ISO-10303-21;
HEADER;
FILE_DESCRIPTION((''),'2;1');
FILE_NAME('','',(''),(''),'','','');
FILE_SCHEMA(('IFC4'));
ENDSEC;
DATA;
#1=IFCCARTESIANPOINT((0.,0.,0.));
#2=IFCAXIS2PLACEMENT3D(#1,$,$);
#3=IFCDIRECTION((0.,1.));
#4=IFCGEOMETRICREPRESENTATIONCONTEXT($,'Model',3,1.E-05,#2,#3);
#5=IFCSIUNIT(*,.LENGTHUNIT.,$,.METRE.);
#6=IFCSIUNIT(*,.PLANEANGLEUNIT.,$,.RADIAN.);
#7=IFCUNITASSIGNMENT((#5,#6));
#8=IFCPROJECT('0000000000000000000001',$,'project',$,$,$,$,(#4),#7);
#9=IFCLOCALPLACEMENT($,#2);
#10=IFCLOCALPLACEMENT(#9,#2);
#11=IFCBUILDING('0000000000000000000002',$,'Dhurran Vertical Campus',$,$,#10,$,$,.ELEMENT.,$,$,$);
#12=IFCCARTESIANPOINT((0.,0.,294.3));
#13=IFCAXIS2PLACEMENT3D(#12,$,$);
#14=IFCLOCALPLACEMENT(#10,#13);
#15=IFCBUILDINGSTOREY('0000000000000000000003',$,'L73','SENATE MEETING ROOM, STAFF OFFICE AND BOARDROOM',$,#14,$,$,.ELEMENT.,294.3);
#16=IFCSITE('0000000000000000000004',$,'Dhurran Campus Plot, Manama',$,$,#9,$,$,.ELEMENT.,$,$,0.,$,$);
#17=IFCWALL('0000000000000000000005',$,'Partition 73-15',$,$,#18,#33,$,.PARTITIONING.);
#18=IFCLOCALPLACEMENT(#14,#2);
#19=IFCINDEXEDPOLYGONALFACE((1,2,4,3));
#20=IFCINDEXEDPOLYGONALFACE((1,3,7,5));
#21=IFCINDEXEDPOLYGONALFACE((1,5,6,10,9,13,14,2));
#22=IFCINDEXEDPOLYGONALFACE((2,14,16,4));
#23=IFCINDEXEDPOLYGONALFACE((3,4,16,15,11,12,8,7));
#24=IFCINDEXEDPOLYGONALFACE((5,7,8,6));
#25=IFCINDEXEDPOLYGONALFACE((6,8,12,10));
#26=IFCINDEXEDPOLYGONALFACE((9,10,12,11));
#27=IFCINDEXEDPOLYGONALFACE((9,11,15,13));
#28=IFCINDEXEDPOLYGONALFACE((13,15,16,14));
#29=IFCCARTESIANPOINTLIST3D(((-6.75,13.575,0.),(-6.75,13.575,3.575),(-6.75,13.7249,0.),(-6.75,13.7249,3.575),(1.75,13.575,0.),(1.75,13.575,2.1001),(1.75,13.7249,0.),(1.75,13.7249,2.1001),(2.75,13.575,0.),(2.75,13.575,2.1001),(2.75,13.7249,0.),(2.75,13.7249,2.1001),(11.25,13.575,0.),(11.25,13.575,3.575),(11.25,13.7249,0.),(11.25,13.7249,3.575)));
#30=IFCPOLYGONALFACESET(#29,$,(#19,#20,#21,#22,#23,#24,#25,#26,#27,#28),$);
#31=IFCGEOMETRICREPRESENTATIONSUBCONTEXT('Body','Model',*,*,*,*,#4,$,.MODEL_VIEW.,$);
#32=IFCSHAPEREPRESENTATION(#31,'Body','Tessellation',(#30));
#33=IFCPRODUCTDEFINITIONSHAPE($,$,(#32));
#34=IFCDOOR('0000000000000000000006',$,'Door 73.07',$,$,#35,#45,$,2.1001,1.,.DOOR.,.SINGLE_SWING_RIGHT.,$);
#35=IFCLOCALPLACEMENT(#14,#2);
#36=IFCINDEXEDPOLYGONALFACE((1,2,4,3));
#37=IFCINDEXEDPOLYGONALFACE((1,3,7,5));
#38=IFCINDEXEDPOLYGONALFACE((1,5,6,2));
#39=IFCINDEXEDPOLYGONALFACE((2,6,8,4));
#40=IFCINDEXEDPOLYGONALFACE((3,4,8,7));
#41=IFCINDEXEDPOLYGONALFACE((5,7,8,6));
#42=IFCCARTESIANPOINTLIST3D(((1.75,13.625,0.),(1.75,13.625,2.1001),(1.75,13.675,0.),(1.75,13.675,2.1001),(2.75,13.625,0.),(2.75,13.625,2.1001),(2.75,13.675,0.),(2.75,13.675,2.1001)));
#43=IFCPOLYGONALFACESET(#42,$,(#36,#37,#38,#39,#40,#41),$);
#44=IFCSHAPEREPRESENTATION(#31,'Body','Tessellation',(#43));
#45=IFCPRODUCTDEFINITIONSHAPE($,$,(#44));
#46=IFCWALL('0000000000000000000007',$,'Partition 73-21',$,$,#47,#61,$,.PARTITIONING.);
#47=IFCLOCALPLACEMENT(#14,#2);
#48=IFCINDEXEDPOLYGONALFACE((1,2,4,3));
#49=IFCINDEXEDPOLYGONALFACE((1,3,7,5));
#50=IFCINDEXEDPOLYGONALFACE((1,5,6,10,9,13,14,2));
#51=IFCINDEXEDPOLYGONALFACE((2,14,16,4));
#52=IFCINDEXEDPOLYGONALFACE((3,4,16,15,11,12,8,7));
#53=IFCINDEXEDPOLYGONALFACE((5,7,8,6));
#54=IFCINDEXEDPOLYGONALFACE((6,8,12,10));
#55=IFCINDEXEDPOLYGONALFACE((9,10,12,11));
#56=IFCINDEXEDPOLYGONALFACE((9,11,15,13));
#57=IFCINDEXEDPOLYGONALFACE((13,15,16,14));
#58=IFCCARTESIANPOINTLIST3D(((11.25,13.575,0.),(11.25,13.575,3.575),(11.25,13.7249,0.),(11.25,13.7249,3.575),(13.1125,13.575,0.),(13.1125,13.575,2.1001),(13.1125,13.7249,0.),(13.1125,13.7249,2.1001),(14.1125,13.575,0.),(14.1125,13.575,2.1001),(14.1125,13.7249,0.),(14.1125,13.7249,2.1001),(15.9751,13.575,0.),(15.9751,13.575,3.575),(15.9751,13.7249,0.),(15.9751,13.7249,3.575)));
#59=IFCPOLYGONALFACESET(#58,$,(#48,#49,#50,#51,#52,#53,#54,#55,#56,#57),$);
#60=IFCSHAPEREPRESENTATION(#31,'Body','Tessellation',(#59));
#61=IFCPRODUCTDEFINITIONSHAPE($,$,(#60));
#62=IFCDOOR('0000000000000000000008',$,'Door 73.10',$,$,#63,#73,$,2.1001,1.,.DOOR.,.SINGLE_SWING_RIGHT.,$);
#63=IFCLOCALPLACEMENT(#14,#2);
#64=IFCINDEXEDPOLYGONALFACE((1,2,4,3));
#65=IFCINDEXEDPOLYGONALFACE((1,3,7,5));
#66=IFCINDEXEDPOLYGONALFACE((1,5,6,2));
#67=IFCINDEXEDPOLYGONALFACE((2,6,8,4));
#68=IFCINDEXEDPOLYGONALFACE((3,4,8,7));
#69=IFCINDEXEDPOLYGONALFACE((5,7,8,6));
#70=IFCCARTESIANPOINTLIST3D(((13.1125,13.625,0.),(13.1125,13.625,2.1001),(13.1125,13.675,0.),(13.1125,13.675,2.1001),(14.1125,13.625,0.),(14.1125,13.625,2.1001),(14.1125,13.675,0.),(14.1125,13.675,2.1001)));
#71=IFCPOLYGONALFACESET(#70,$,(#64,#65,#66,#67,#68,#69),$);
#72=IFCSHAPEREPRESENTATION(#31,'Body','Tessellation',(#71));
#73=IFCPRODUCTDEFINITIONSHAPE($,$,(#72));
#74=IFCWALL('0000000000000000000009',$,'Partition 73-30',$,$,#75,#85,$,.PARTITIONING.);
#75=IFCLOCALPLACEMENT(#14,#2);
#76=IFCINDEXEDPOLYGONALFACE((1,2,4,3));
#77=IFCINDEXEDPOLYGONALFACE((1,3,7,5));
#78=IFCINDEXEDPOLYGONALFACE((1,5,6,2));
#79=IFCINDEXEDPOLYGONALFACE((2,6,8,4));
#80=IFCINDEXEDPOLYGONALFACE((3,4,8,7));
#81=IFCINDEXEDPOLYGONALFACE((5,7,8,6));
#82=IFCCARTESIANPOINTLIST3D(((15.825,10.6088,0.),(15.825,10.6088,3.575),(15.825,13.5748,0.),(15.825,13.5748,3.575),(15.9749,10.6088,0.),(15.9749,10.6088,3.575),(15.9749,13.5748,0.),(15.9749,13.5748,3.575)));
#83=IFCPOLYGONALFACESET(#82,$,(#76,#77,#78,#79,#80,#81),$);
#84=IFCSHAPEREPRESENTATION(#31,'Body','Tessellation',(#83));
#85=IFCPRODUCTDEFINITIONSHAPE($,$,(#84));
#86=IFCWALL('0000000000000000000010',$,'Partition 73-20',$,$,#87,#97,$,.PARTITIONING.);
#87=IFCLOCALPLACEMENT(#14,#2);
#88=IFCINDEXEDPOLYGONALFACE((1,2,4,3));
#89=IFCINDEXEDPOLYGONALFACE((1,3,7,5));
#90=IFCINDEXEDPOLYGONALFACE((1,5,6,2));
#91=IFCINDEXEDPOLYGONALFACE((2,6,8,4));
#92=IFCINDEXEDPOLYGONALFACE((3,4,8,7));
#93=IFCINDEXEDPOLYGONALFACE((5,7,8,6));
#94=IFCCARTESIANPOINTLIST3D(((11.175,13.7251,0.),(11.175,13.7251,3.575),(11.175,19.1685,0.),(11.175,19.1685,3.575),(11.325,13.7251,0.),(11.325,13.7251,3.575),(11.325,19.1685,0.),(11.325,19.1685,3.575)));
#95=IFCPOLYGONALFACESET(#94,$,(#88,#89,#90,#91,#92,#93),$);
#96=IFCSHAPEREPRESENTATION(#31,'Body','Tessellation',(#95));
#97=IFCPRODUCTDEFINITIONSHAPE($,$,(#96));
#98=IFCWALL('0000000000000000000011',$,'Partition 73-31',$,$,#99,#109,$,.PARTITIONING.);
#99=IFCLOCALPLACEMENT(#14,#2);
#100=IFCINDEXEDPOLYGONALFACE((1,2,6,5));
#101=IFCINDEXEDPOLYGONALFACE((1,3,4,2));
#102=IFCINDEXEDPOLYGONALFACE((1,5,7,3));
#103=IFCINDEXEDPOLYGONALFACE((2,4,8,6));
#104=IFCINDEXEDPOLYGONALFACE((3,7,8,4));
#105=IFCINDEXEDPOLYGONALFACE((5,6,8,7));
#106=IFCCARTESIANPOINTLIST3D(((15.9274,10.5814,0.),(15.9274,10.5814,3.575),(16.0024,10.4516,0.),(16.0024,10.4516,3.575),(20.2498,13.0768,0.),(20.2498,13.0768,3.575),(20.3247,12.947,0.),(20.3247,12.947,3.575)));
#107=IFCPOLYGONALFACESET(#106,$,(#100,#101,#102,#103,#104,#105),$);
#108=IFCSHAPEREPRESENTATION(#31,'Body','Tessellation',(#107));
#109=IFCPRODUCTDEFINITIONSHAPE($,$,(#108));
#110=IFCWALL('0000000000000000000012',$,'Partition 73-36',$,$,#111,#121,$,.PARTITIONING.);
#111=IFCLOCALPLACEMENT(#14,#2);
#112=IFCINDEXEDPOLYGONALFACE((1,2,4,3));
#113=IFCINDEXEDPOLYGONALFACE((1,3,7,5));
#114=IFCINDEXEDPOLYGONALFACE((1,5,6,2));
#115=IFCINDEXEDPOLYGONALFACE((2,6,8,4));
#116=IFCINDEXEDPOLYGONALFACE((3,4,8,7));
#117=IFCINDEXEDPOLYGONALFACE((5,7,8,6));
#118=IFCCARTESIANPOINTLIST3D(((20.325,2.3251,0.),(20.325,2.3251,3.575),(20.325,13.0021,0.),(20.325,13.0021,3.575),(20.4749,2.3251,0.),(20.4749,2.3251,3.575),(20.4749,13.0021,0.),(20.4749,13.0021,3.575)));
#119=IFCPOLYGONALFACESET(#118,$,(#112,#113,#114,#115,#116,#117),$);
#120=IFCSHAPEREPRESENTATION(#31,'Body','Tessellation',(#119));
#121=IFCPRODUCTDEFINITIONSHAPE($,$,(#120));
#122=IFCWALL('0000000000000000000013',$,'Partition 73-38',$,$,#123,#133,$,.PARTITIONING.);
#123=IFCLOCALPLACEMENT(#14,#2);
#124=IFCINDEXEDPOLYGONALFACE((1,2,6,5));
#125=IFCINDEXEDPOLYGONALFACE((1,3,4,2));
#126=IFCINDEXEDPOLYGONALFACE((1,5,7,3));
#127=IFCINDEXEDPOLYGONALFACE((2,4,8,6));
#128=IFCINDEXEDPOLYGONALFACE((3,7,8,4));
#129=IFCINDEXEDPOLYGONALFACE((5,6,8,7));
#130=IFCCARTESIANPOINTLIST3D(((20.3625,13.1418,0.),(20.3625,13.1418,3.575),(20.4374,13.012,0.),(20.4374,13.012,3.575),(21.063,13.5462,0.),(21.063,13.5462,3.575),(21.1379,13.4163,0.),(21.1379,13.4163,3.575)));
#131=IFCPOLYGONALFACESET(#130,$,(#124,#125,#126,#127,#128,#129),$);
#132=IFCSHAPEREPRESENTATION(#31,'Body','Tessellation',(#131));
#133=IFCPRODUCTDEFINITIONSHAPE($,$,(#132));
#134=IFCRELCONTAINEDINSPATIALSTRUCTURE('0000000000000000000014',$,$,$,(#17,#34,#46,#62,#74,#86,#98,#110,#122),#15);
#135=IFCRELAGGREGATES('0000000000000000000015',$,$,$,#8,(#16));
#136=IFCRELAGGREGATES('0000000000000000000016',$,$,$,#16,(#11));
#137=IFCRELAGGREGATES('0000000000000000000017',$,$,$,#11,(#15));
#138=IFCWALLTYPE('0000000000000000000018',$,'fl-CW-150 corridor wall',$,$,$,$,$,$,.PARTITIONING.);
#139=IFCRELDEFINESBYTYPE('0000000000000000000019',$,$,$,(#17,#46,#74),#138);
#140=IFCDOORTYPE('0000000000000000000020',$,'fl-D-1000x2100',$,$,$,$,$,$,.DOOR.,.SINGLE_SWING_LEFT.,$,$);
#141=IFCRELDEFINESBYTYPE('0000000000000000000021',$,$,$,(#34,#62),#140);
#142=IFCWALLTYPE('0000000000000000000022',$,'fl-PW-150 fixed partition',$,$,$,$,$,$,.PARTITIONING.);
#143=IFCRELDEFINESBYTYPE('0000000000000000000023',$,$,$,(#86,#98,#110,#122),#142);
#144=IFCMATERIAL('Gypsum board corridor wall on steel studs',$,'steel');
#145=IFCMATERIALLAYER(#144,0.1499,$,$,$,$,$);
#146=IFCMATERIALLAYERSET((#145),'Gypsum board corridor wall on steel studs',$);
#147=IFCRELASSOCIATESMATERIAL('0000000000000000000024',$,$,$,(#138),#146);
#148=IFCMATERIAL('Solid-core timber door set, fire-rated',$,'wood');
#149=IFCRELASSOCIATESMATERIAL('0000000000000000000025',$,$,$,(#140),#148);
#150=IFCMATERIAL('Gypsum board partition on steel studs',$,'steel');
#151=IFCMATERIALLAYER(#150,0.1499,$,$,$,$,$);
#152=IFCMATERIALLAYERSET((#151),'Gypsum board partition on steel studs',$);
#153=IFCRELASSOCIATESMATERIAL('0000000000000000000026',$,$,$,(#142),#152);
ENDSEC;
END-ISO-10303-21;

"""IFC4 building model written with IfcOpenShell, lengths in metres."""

from ifc_helpers import new_model, si_unit, direction, frame, frame_2d, origin, place, context, subcontext, project, spatial, rectangle, extrude, material, layer, layer_set, type_object, element, fill, save


model = new_model("IFC4")

# Units and contexts
model_context = context("Model", 3, precision=1e-05, world=origin(), true_north=direction((0.0, 1.0)))
body_context = subcontext(model_context, "Body", "Model", "MODEL_VIEW")
ifc_project = project(units=[si_unit("LENGTHUNIT", "METRE"), si_unit("PLANEANGLEUNIT", "RADIAN")], contexts=[model_context])

# Site, building, storey
site_placement = place(None, origin())
site = spatial("IfcSite", under=ifc_project, at=site_placement, Name="Dhurran Campus Plot, Manama", CompositionType="ELEMENT", RefElevation=0.0)
building_placement = place(site_placement, origin())
building = spatial("IfcBuilding", under=site, at=building_placement, Name="Dhurran Vertical Campus", CompositionType="ELEMENT")
storey_placement = place(building_placement, frame((0.0, 0.0, 294.3)))
storey = spatial("IfcBuildingStorey", under=building, at=storey_placement, Name="L73", Description="SENATE MEETING ROOM, STAFF OFFICE AND BOARDROOM", CompositionType="ELEMENT", Elevation=294.3)

# Walls, openings, doors
ifc_material_1 = material(Name="Gypsum board corridor wall on steel studs", Category="steel")
ifc_layer_1 = layer(ifc_material_1, 0.1499)
ifc_layer_set_1 = layer_set([ifc_layer_1], Name="Gypsum board corridor wall on steel studs")
wall_type_1 = type_object("IfcWallType", Name="fl-CW-150 corridor wall", PredefinedType="PARTITIONING", material=ifc_layer_set_1)
wall_1_placement = place(storey_placement, frame((11.25, 13.6499, 0.0), z_axis=(0.0, 0.0, 1.0), x_axis=(-1.0, 0.0, 0.0)))
wall_1 = element("IfcWall", 1, at=wall_1_placement, inside=storey, type_object=wall_type_1, Name="Partition 73-15", PredefinedType="PARTITIONING", context=body_context, shape_type="SweptSolid", body=[
    extrude(rectangle(XDim=18.0, YDim=0.1499, at=frame_2d((9.0, 0.0))), origin(), (0.0, 0.0, 1.0), 3.575),
])
opening_1_placement = place(wall_1_placement, frame((8.5, 0.0, 0.0)))
opening_1 = element("IfcOpeningElement", 2, at=opening_1_placement, cuts=wall_1, PredefinedType="OPENING", context=body_context, shape_type="SweptSolid", body=[
    extrude(rectangle(XDim=1.0, YDim=2.1001, at=frame_2d((0.5, 1.05))), frame((0.0, 0.085, 0.0), z_axis=(0.0, -1.0, 0.0), x_axis=(1.0, 0.0, 0.0)), (0.0, 0.0, 1.0), 0.1699),
])
ifc_material_2 = material(Name="Solid-core timber door set, fire-rated", Category="wood")
door_type = type_object("IfcDoorType", Name="fl-D-1000x2100", OperationType="SINGLE_SWING_LEFT", PredefinedType="DOOR", material=ifc_material_2)
door_1_placement = place(opening_1_placement, origin())
door_1 = element("IfcDoor", 3, at=door_1_placement, inside=storey, type_object=door_type, Name="Door 73.07", OperationType="SINGLE_SWING_RIGHT", OverallHeight=2.1001, OverallWidth=1.0, PredefinedType="DOOR", context=body_context, shape_type="SweptSolid", body=[
    extrude(rectangle(XDim=1.0, YDim=2.1001, at=frame_2d((0.5, 1.05))), frame((0.0, 0.0249, 0.0), z_axis=(0.0, -1.0, 0.0), x_axis=(1.0, 0.0, 0.0)), (0.0, 0.0, 1.0), 0.05),
])
fill(opening_1, door_1)
wall_2_placement = place(storey_placement, frame((15.9751, 13.6499, 0.0), z_axis=(0.0, 0.0, 1.0), x_axis=(-1.0, 0.0, 0.0)))
wall_2 = element("IfcWall", 4, at=wall_2_placement, inside=storey, type_object=wall_type_1, Name="Partition 73-21", PredefinedType="PARTITIONING", context=body_context, shape_type="SweptSolid", body=[
    extrude(rectangle(XDim=4.7251, YDim=0.1499, at=frame_2d((2.3625, 0.0))), origin(), (0.0, 0.0, 1.0), 3.575),
])
opening_2_placement = place(wall_2_placement, frame((1.8625, 0.0, 0.0)))
opening_2 = element("IfcOpeningElement", 5, at=opening_2_placement, cuts=wall_2, PredefinedType="OPENING", context=body_context, shape_type="SweptSolid", body=[
    extrude(rectangle(XDim=1.0, YDim=2.1001, at=frame_2d((0.5, 1.05))), frame((0.0, 0.085, 0.0), z_axis=(0.0, -1.0, 0.0), x_axis=(1.0, 0.0, 0.0)), (0.0, 0.0, 1.0), 0.1699),
])
door_2_placement = place(opening_2_placement, origin())
door_2 = element("IfcDoor", 6, at=door_2_placement, inside=storey, type_object=door_type, Name="Door 73.10", OperationType="SINGLE_SWING_RIGHT", OverallHeight=2.1001, OverallWidth=1.0, PredefinedType="DOOR", context=body_context, shape_type="SweptSolid", body=[
    extrude(rectangle(XDim=1.0, YDim=2.1001, at=frame_2d((0.5, 1.05))), frame((0.0, 0.0249, 0.0), z_axis=(0.0, -1.0, 0.0), x_axis=(1.0, 0.0, 0.0)), (0.0, 0.0, 1.0), 0.05),
])
fill(opening_2, door_2)

# Walls
wall_3_placement = place(storey_placement, frame((15.8999, 10.6089, 0.0), z_axis=(0.0, 0.0, 1.0), x_axis=(0.0, 1.0, 0.0)))
element("IfcWall", 7, at=wall_3_placement, inside=storey, type_object=wall_type_1, Name="Partition 73-30", PredefinedType="PARTITIONING", context=body_context, shape_type="SweptSolid", body=[
    extrude(rectangle(XDim=2.9661, YDim=0.1499, at=frame_2d((1.4829, 0.0))), origin(), (0.0, 0.0, 1.0), 3.575),
])
ifc_material_3 = material(Name="Gypsum board partition on steel studs", Category="steel")
ifc_layer_2 = layer(ifc_material_3, 0.1499)
ifc_layer_set_2 = layer_set([ifc_layer_2], Name="Gypsum board partition on steel studs")
wall_type_2 = type_object("IfcWallType", Name="fl-PW-150 fixed partition", PredefinedType="PARTITIONING", material=ifc_layer_set_2)
wall_4_placement = place(storey_placement, frame((11.25, 19.1685, 0.0), z_axis=(0.0, 0.0, 1.0), x_axis=(0.0, -1.0, 0.0)))
element("IfcWall", 8, at=wall_4_placement, inside=storey, type_object=wall_type_2, Name="Partition 73-20", PredefinedType="PARTITIONING", context=body_context, shape_type="SweptSolid", body=[
    extrude(rectangle(XDim=5.4434, YDim=0.1499, at=frame_2d((2.7217, 0.0))), origin(), (0.0, 0.0, 1.0), 3.575),
])
wall_5_placement = place(storey_placement, frame((20.2874, 13.012, 0.0), z_axis=(0.0, 0.0, 1.0), x_axis=(-0.866034, -0.499985, 0.0)))
element("IfcWall", 9, at=wall_5_placement, inside=storey, type_object=wall_type_2, Name="Partition 73-31", PredefinedType="PARTITIONING", context=body_context, shape_type="SweptSolid", body=[
    extrude(rectangle(XDim=4.991, YDim=0.1499, at=frame_2d((2.4956, 0.0))), origin(), (0.0, 0.0, 1.0), 3.575),
])
wall_6_placement = place(storey_placement, frame((20.3999, 13.002, 0.0), z_axis=(0.0, 0.0, 1.0), x_axis=(0.0, -1.0, 0.0)))
element("IfcWall", 10, at=wall_6_placement, inside=storey, type_object=wall_type_2, Name="Partition 73-36", PredefinedType="PARTITIONING", context=body_context, shape_type="SweptSolid", body=[
    extrude(rectangle(XDim=10.677, YDim=0.1499, at=frame_2d((5.3384, 0.0))), origin(), (0.0, 0.0, 1.0), 3.575),
])
wall_7_placement = place(storey_placement, frame((21.1003, 13.4812, 0.0), z_axis=(0.0, 0.0, 1.0), x_axis=(-0.86608, -0.499905, 0.0)))
element("IfcWall", 11, at=wall_7_placement, inside=storey, type_object=wall_type_2, Name="Partition 73-38", PredefinedType="PARTITIONING", context=body_context, shape_type="SweptSolid", body=[
    extrude(rectangle(XDim=0.8088, YDim=0.1499, at=frame_2d((0.4043, 0.0))), origin(), (0.0, 0.0, 1.0), 3.575),
])

save(model, "model.ifc")
